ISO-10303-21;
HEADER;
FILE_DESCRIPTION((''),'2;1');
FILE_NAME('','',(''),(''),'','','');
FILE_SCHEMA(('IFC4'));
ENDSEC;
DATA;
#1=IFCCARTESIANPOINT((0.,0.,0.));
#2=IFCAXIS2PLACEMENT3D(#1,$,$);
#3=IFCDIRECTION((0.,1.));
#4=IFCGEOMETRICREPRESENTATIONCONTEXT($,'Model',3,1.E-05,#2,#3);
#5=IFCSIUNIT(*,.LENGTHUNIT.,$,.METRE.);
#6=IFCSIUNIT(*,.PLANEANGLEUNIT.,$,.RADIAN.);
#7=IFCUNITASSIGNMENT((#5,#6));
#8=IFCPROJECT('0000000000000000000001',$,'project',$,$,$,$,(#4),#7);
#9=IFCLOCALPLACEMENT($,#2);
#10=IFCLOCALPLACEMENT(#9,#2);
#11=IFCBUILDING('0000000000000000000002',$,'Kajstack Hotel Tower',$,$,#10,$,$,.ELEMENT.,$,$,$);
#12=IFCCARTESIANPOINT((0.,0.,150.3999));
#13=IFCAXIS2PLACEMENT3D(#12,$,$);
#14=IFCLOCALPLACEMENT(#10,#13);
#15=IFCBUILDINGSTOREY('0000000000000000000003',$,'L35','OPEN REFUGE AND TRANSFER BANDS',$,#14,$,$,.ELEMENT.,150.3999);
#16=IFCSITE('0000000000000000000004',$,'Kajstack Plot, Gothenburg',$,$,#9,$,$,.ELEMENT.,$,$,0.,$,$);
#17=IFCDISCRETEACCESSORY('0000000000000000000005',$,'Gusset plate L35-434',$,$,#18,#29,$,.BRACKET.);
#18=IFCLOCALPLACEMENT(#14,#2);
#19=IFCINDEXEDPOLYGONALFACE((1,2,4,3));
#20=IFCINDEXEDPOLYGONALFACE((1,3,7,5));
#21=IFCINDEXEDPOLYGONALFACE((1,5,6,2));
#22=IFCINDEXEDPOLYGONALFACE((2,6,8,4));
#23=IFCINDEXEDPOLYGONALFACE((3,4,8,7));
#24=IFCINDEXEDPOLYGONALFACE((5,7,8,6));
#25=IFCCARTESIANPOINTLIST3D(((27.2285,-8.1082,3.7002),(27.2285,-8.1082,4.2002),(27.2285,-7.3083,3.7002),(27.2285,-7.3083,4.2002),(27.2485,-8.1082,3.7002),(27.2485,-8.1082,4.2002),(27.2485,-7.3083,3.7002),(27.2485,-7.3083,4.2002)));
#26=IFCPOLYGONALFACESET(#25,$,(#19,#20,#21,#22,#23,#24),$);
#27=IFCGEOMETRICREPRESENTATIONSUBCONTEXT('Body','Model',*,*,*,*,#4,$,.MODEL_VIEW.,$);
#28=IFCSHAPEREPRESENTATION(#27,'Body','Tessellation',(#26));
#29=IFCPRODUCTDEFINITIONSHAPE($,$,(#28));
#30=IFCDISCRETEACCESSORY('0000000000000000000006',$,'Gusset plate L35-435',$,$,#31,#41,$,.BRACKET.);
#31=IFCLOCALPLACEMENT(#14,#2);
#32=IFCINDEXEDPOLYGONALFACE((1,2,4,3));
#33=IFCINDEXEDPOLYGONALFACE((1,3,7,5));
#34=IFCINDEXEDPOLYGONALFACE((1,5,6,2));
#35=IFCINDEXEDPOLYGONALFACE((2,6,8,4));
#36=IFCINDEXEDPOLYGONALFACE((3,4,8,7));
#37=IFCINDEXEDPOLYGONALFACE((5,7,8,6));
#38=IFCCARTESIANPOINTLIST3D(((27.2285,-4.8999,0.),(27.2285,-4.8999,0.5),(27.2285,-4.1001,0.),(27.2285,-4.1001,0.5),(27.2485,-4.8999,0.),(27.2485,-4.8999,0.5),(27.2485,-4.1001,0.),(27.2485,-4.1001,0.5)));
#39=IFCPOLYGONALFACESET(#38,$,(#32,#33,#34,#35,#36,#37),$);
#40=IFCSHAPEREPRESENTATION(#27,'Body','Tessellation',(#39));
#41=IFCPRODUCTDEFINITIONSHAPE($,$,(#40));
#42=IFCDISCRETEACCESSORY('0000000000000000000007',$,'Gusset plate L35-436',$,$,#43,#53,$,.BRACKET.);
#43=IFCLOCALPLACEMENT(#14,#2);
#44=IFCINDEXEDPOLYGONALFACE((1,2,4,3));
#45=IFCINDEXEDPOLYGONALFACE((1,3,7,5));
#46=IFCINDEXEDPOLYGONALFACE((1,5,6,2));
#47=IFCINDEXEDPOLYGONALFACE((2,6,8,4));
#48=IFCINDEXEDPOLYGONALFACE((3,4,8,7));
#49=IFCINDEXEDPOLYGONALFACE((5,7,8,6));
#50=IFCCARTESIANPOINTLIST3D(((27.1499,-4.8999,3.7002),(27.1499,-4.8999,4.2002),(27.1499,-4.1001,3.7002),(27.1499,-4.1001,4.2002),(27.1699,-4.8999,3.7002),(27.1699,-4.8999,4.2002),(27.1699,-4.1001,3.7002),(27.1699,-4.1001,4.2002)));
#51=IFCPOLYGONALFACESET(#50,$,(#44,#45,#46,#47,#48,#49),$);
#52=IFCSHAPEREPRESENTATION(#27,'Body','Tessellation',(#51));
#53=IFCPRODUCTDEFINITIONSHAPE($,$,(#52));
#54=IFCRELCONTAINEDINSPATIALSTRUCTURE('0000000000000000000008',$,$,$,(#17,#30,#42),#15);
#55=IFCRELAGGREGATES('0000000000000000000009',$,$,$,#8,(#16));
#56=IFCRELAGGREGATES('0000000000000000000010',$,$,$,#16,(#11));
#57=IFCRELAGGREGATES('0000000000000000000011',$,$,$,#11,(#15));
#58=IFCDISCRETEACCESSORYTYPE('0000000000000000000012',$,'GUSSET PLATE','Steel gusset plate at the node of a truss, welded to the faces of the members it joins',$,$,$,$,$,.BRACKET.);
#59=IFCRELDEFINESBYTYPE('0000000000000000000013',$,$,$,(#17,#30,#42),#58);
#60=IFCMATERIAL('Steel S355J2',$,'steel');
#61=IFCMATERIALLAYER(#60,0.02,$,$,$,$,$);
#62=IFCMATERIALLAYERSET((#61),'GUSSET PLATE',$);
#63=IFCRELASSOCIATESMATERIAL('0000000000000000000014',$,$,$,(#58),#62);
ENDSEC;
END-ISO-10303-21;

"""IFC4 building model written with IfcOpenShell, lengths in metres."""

from ifc_helpers import new_model, si_unit, direction, frame, origin, place, context, subcontext, project, spatial, polyline, outline, extrude, material, layer, layer_set, type_object, element, save


model = new_model("IFC4")

# Units and contexts
model_context = context("Model", 3, precision=1e-05, world=origin(), true_north=direction((0.0, 1.0)))
body_context = subcontext(model_context, "Body", "Model", "MODEL_VIEW")
ifc_project = project(units=[si_unit("LENGTHUNIT", "METRE"), si_unit("PLANEANGLEUNIT", "RADIAN")], contexts=[model_context])

# Site, building, storey
site_placement = place(None, origin())
site = spatial("IfcSite", under=ifc_project, at=site_placement, Name="Kajstack Plot, Gothenburg", CompositionType="ELEMENT", RefElevation=0.0)
building_placement = place(site_placement, origin())
building = spatial("IfcBuilding", under=site, at=building_placement, Name="Kajstack Hotel Tower", CompositionType="ELEMENT")
storey_placement = place(building_placement, frame((0.0, 0.0, 150.3999)))
storey = spatial("IfcBuildingStorey", under=building, at=storey_placement, Name="L35", Description="OPEN REFUGE AND TRANSFER BANDS", CompositionType="ELEMENT", Elevation=150.3999)

# Shared definitions
ifc_material_1 = material(Name="Steel S355J2", Category="steel")

# Discrete accessories
ifc_layer_1 = layer(ifc_material_1, 0.02)
ifc_layer_set_1 = layer_set([ifc_layer_1], Name="GUSSET PLATE")
discrete_accessory_type_1 = type_object("IfcDiscreteAccessoryType", Name="GUSSET PLATE", Description="Steel gusset plate at the node of a truss, welded to the faces of the members it joins", PredefinedType="BRACKET", material=ifc_layer_set_1)
for number, where, z_axis, x_axis, name in (
    (1, (27.2285, -7.7083, 3.7002), (1.0, 0.0, 0.0), (0.0, 1.0, 0.0), "Gusset plate L35-434"),
    (2, (27.2285, -4.5, 0.0), (1.0, 0.0, 0.0), (0.0, 1.0, 0.0), "Gusset plate L35-435"),
    (3, (27.1499, -4.5, 3.7002), (1.0, 0.0, 0.0), (0.0, 1.0, 0.0), "Gusset plate L35-436"),
):
    element("IfcDiscreteAccessory", number, at=place(storey_placement, frame(where, z_axis=z_axis, x_axis=x_axis)), inside=storey, type_object=discrete_accessory_type_1, Name=name, PredefinedType="BRACKET", context=body_context, shape_type="SweptSolid", body=[
        extrude(outline(polyline([(-0.3999, 0.0), (0.3999, 0.0), (0.3999, 0.5), (-0.3999, 0.5), (-0.3999, 0.0)])), origin(), (0.0, 0.0, 1.0), 0.02),
    ])

save(model, "model.ifc")
